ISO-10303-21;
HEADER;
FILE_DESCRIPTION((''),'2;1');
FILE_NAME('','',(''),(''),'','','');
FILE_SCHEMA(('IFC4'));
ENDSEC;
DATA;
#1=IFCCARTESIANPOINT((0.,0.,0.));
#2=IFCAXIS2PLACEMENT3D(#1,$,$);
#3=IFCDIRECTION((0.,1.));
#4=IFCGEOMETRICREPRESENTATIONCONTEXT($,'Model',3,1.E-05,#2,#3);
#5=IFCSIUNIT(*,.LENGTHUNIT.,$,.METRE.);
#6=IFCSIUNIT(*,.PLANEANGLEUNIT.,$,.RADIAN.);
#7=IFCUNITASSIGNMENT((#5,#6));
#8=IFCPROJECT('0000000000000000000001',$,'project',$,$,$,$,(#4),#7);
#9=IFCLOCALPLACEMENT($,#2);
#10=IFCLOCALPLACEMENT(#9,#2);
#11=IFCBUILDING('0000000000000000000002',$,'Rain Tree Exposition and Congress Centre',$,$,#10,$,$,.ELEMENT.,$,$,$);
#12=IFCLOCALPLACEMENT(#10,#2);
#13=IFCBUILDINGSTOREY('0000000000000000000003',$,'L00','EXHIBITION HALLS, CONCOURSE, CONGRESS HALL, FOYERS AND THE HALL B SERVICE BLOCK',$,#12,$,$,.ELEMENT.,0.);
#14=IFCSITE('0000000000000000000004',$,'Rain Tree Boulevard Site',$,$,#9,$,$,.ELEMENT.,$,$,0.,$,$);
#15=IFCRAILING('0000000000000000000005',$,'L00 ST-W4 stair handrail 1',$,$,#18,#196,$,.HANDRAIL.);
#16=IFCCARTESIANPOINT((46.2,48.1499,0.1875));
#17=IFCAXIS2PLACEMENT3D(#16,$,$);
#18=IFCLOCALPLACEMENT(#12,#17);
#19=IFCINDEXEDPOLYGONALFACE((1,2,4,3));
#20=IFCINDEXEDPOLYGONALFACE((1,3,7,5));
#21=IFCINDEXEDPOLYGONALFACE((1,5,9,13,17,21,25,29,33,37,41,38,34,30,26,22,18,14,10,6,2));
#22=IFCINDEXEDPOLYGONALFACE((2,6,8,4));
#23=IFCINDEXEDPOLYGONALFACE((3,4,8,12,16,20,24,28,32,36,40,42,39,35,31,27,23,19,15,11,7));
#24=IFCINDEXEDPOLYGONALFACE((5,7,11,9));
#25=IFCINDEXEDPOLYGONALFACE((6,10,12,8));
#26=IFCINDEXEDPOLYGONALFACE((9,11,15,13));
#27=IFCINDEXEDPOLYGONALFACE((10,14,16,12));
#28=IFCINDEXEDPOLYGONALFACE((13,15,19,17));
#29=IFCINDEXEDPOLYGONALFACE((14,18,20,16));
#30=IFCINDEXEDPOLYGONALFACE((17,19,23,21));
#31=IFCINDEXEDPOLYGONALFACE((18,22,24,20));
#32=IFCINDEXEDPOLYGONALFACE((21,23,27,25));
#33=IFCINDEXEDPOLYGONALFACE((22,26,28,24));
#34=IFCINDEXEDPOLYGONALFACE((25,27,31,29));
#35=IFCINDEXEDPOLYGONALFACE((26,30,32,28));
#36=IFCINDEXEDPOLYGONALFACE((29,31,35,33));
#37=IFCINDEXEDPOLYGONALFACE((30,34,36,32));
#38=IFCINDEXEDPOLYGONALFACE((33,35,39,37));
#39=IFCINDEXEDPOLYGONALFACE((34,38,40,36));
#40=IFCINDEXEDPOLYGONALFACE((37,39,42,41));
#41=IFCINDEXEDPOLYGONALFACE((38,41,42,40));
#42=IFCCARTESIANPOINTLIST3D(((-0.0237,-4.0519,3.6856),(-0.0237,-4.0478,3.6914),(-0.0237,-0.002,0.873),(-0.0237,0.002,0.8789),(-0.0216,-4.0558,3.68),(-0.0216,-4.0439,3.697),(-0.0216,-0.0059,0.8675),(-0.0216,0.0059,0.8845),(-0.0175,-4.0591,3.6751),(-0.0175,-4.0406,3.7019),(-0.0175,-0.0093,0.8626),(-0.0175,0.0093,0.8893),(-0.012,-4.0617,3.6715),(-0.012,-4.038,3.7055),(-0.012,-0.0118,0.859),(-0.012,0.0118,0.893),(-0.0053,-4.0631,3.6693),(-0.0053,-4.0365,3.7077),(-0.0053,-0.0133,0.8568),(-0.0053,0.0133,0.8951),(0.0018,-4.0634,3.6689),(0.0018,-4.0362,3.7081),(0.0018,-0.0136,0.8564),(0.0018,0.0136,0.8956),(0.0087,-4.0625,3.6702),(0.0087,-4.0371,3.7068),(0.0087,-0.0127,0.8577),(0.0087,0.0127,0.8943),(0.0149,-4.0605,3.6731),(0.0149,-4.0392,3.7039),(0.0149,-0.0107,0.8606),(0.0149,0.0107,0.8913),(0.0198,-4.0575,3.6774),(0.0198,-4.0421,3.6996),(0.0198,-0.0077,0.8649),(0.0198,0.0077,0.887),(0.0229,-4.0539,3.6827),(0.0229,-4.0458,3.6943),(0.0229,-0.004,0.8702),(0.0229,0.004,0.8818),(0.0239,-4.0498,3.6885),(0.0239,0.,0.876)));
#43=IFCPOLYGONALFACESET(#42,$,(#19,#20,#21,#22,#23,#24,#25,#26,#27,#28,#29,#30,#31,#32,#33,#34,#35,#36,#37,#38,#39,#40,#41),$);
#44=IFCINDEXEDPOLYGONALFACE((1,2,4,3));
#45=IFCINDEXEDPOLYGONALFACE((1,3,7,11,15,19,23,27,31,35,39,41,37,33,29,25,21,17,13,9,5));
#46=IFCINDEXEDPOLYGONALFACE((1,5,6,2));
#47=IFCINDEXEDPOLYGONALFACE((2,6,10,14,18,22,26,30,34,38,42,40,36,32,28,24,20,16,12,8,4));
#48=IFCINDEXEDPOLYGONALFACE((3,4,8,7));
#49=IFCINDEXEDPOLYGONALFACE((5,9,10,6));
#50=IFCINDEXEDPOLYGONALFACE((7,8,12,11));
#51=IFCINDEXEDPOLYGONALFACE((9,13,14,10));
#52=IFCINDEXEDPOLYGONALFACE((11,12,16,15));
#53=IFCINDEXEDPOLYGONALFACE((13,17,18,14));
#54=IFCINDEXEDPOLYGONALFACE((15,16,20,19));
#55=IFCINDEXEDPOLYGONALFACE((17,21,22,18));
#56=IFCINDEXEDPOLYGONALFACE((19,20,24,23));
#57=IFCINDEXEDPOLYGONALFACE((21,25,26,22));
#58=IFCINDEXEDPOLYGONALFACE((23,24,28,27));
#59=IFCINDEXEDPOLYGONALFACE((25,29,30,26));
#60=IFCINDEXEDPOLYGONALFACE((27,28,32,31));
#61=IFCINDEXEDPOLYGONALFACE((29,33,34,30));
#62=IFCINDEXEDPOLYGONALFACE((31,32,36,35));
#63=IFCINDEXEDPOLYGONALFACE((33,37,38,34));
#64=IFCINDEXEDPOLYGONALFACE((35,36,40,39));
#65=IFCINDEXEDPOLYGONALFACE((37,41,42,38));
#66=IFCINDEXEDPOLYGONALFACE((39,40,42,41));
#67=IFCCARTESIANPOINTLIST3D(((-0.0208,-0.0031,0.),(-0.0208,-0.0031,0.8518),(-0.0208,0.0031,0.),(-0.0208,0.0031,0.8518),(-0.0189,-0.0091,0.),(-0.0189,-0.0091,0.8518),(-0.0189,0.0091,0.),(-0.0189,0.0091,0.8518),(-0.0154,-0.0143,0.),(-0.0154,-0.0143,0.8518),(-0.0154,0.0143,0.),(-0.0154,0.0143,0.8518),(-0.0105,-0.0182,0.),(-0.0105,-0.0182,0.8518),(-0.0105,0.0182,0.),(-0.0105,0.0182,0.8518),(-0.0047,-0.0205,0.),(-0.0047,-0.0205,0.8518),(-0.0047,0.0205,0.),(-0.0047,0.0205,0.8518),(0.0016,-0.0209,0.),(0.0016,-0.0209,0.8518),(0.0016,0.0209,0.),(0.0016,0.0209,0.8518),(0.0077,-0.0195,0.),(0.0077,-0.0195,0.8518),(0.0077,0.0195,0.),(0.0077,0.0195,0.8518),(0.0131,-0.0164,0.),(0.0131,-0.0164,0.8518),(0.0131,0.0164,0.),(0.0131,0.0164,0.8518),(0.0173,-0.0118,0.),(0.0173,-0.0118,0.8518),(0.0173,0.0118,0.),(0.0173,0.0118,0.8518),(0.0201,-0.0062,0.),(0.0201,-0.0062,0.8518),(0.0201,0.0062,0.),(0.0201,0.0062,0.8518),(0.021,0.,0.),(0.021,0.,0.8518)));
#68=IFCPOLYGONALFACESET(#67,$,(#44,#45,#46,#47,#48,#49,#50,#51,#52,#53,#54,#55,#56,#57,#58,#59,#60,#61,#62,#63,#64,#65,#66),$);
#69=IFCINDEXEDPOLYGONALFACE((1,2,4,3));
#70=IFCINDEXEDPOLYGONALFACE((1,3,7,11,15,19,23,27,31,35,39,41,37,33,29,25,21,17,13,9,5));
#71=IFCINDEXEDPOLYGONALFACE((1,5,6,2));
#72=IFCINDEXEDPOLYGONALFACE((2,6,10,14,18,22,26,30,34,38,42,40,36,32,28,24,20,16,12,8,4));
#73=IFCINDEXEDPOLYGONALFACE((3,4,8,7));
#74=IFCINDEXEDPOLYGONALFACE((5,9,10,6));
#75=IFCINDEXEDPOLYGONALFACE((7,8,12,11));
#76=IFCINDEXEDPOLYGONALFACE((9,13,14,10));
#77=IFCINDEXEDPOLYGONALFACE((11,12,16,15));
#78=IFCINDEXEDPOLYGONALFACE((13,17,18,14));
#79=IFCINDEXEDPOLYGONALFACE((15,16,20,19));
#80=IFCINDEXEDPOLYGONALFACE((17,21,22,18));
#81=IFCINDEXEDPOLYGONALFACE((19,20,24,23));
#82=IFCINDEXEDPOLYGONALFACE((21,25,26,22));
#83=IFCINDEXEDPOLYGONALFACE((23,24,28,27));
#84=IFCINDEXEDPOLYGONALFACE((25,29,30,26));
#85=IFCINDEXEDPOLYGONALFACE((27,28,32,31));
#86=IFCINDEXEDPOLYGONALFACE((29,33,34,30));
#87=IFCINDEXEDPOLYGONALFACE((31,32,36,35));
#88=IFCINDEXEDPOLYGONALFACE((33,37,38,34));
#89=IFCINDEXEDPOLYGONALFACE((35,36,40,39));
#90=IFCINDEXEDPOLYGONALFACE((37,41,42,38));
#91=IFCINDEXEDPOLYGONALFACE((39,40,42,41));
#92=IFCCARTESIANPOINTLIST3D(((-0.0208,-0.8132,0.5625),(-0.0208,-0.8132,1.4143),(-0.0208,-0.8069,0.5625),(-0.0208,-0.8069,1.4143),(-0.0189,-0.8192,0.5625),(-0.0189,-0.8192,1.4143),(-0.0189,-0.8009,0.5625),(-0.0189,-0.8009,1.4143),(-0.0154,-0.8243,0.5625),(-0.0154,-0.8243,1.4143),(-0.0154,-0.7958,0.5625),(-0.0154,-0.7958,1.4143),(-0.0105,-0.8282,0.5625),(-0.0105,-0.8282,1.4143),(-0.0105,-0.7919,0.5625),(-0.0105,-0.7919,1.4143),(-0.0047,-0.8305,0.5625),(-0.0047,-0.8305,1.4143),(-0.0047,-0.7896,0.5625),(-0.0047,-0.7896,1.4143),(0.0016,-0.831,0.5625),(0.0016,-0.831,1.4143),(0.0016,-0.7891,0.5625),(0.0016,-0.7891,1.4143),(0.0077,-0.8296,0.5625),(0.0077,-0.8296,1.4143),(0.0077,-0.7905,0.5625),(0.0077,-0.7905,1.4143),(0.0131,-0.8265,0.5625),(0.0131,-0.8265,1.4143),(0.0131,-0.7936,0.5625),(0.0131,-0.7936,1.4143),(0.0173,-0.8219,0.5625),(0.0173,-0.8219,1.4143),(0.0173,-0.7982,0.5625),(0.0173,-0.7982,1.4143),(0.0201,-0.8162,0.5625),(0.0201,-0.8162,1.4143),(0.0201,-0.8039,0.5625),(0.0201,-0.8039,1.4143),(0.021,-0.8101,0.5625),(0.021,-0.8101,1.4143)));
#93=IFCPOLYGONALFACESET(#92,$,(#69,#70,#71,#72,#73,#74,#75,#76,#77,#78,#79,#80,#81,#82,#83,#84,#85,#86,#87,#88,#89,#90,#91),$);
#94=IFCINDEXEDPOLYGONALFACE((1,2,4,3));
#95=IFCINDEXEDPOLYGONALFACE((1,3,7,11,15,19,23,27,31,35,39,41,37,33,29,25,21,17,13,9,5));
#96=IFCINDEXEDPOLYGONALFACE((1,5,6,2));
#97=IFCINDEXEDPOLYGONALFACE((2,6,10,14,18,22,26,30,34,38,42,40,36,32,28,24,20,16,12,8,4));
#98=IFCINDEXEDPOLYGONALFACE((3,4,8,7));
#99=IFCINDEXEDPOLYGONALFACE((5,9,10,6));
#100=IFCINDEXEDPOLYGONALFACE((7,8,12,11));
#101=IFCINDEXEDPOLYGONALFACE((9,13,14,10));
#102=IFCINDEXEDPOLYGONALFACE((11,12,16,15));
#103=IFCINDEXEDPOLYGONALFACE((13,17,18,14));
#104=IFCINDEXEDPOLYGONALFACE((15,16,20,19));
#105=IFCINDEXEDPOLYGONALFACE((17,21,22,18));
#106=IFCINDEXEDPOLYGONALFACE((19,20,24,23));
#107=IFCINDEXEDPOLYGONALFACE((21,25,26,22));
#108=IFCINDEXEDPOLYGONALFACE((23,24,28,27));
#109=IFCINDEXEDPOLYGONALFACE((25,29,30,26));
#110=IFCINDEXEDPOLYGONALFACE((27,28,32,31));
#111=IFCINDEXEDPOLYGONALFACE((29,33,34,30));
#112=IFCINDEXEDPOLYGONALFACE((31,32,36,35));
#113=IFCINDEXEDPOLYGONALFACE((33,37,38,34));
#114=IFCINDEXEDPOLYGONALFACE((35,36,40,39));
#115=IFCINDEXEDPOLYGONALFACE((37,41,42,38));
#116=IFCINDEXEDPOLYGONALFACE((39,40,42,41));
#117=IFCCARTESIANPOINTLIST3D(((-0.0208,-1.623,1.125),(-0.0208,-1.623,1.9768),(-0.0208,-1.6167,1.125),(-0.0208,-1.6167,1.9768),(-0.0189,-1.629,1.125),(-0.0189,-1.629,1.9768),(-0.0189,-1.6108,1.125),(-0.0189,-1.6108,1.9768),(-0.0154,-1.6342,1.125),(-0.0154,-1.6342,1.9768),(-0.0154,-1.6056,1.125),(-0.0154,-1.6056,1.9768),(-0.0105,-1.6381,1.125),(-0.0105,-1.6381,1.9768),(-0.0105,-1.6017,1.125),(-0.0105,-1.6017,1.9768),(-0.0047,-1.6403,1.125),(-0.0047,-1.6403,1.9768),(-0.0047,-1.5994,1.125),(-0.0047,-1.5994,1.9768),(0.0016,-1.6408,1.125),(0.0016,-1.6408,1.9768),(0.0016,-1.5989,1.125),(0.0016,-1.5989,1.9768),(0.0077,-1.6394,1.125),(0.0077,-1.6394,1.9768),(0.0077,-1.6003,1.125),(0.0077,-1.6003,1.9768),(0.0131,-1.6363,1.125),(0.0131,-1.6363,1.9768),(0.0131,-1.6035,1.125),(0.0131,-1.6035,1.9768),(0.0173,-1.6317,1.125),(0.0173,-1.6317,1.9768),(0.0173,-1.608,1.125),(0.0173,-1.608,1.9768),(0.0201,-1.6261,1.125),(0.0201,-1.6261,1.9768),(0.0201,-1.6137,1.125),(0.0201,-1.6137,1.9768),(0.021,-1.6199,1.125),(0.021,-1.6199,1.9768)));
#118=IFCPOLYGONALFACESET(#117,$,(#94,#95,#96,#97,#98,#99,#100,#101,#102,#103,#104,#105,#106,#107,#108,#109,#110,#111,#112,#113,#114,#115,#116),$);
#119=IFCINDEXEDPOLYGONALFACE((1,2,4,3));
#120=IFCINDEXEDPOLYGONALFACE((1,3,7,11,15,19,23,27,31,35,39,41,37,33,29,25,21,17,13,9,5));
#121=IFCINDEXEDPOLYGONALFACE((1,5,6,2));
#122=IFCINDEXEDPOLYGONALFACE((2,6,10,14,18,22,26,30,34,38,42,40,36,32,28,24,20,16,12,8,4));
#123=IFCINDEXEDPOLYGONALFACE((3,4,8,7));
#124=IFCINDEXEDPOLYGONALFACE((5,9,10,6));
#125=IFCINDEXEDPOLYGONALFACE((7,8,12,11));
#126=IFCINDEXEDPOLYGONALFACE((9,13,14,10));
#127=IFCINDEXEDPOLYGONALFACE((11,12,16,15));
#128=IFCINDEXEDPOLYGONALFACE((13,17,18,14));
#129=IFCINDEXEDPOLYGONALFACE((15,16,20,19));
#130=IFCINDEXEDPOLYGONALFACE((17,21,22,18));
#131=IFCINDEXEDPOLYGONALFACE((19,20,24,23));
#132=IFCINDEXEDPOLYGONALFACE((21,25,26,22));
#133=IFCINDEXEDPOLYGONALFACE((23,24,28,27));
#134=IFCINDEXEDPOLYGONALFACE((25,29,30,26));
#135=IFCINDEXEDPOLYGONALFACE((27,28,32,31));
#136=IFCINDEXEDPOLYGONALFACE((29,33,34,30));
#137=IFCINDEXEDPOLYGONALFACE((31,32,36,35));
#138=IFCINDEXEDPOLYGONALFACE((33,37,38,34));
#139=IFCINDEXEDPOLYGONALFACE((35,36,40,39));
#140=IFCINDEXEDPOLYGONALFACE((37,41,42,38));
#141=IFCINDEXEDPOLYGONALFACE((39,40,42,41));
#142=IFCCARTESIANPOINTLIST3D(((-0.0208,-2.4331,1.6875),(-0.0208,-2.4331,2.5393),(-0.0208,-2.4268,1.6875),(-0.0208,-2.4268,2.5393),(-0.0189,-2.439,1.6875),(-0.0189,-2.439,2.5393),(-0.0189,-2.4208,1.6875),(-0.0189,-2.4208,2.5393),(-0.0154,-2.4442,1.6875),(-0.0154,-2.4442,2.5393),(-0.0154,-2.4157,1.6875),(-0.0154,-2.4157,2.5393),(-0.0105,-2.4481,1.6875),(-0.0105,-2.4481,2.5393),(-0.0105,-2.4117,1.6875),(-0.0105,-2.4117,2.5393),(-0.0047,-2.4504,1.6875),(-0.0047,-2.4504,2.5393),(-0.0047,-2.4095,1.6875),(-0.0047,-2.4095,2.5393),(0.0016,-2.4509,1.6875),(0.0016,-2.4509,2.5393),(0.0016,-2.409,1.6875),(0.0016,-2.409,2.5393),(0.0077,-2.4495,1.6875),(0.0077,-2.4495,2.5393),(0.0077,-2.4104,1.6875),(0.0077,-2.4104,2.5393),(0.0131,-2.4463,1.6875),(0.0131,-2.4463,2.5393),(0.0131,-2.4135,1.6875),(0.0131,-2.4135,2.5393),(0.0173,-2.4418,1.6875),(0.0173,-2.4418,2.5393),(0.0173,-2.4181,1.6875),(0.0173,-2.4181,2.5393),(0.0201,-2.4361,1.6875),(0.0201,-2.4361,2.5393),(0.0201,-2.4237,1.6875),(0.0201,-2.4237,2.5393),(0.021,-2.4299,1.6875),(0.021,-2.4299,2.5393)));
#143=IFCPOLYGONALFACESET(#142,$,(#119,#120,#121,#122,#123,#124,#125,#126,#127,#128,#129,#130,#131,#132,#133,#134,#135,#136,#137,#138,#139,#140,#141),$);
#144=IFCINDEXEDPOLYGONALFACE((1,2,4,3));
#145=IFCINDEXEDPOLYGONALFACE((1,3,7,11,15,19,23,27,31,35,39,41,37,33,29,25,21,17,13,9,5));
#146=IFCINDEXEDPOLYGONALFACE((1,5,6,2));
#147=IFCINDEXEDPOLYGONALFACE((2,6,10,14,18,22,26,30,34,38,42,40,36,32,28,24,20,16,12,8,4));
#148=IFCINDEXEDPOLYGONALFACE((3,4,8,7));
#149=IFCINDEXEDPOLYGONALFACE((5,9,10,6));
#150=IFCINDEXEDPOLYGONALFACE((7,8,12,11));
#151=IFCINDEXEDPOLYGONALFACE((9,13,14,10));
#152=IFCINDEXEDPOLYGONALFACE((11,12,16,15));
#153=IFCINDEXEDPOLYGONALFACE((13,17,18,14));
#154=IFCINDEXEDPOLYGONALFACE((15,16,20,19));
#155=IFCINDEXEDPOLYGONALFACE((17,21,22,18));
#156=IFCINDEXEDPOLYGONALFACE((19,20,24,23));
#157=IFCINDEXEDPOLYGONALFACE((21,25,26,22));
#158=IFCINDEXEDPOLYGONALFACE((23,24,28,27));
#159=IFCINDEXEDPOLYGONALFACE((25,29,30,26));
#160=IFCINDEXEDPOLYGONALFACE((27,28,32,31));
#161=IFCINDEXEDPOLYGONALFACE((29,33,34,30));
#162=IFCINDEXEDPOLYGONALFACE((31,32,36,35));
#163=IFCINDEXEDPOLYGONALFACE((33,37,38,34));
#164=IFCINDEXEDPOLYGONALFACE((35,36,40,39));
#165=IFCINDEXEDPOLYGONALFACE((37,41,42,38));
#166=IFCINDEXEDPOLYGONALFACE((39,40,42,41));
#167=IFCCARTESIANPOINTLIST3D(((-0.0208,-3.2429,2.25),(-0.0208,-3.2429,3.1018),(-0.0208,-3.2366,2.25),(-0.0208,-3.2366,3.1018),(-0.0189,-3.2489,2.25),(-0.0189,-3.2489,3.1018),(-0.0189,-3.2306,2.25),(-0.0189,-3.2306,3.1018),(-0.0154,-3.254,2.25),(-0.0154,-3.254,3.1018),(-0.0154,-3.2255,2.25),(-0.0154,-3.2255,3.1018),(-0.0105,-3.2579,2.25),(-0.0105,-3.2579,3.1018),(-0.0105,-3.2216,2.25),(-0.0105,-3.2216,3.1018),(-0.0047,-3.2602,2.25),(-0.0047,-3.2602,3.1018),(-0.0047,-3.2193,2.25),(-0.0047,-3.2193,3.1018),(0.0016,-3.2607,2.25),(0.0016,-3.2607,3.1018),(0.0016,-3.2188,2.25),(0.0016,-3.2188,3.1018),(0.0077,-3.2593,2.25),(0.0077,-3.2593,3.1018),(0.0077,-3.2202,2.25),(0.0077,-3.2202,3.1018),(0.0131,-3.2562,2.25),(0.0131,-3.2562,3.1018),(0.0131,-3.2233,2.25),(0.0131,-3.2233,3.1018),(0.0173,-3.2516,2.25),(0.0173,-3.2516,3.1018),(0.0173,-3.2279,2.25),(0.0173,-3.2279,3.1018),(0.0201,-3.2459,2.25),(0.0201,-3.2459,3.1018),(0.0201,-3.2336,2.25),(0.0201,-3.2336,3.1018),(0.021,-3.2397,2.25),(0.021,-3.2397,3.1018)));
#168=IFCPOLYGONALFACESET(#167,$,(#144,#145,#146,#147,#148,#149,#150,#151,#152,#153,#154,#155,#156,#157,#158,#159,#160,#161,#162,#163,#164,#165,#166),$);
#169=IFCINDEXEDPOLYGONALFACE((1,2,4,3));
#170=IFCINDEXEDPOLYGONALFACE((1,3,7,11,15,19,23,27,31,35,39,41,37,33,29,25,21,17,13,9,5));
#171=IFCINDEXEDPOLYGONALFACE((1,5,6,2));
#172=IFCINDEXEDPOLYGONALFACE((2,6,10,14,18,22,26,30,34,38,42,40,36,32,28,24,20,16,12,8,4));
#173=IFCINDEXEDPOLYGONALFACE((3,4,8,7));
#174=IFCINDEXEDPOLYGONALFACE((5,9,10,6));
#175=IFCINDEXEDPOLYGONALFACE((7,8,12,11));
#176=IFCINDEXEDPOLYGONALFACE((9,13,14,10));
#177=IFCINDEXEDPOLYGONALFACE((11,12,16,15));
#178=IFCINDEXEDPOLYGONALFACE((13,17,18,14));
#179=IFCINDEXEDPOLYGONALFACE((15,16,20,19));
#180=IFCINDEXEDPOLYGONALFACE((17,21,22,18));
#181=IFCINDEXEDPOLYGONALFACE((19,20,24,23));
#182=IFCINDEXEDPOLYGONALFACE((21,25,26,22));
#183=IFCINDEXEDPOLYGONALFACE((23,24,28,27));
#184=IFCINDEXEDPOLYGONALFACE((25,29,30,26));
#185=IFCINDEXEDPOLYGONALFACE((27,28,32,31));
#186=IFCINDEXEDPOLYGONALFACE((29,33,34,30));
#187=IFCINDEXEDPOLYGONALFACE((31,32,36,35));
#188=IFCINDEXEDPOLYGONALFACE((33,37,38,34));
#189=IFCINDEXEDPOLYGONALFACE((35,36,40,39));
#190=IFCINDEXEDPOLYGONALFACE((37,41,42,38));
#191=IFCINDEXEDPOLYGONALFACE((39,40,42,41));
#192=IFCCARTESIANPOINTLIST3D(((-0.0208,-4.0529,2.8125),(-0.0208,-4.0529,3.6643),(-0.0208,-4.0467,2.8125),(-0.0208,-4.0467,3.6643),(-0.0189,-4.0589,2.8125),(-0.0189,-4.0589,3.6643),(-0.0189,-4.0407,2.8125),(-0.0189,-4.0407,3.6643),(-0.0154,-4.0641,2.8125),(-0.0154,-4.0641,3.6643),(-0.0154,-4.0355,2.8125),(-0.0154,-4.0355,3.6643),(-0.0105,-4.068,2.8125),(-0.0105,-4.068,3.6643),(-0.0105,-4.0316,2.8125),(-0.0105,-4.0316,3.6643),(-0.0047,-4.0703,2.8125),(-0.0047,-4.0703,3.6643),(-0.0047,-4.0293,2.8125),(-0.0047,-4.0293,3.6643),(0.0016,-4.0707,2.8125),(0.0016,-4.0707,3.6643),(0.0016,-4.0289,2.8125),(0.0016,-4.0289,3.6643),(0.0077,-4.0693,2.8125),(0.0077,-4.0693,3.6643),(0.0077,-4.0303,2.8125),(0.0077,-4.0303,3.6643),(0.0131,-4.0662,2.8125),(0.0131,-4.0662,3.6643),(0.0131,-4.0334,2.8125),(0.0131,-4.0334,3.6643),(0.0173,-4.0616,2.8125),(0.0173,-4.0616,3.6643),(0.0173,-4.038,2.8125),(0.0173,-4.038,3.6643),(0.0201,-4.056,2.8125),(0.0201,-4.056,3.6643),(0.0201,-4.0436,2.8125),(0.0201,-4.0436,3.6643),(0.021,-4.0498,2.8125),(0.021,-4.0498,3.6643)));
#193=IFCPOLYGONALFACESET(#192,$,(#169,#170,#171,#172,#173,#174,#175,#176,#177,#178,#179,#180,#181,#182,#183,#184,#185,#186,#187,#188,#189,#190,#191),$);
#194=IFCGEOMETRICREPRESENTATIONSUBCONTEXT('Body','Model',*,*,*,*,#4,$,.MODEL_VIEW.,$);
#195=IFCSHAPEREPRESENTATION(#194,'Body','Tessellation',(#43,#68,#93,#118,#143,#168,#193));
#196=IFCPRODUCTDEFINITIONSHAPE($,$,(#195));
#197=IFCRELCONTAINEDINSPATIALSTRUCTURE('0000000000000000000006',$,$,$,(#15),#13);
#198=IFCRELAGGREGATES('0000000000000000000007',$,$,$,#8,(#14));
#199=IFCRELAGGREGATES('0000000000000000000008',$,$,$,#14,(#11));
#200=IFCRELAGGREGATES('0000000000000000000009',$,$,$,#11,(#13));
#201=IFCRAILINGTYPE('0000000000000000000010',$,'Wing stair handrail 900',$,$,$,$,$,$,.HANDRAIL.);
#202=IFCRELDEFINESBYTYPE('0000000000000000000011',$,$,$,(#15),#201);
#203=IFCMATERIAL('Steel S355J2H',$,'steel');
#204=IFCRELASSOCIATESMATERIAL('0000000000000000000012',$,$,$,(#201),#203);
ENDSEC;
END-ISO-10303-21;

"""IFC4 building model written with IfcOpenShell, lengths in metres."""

from ifc_helpers import new_model, si_unit, direction, frame, origin, origin_2d, place, context, subcontext, project, spatial, circle, extrude, material, type_object, element, save


model = new_model("IFC4")

# Units and contexts
model_context = context("Model", 3, precision=1e-05, world=origin(), true_north=direction((0.0, 1.0)))
body_context = subcontext(model_context, "Body", "Model", "MODEL_VIEW")
ifc_project = project(units=[si_unit("LENGTHUNIT", "METRE"), si_unit("PLANEANGLEUNIT", "RADIAN")], contexts=[model_context])

# Site, building, storey
site_placement = place(None, origin())
site = spatial("IfcSite", under=ifc_project, at=site_placement, Name="Rain Tree Boulevard Site", CompositionType="ELEMENT", RefElevation=0.0)
building_placement = place(site_placement, origin())
building = spatial("IfcBuilding", under=site, at=building_placement, Name="Rain Tree Exposition and Congress Centre", CompositionType="ELEMENT")
storey_placement = place(building_placement, origin())
storey = spatial("IfcBuildingStorey", under=building, at=storey_placement, Name="L00", Description="EXHIBITION HALLS, CONCOURSE, CONGRESS HALL, FOYERS AND THE HALL B SERVICE BLOCK", CompositionType="ELEMENT", Elevation=0.0)

# Railing
ifc_material_1 = material(Name="Steel S355J2H", Category="steel")
railing_type_1 = type_object("IfcRailingType", Name="Wing stair handrail 900", PredefinedType="HANDRAIL", material=ifc_material_1)
railing_1_placement = place(storey_placement, frame((46.2, 48.1499, 0.1875)))
element("IfcRailing", 1, at=railing_1_placement, inside=storey, type_object=railing_type_1, Name="L00 ST-W4 stair handrail 1", PredefinedType="HANDRAIL", context=body_context, shape_type="SweptSolid", body=[
    extrude(circle(Radius=0.0239, at=origin_2d()), frame((0.0, 0.0, 0.876), z_axis=(0.0, -0.821357, 0.570414), x_axis=(1.0, 0.0, 0.0)), (0.0, 0.0, 1.0), 4.9307),
    extrude(circle(Radius=0.021, at=origin_2d()), origin(), (0.0, 0.0, 1.0), 0.8518),
    extrude(circle(Radius=0.021, at=origin_2d()), frame((0.0, -0.8101, 0.5625)), (0.0, 0.0, 1.0), 0.8518),
    extrude(circle(Radius=0.021, at=origin_2d()), frame((0.0, -1.6199, 1.125)), (0.0, 0.0, 1.0), 0.8518),
    extrude(circle(Radius=0.021, at=origin_2d()), frame((0.0, -2.4299, 1.6875)), (0.0, 0.0, 1.0), 0.8518),
    extrude(circle(Radius=0.021, at=origin_2d()), frame((0.0, -3.2397, 2.25)), (0.0, 0.0, 1.0), 0.8518),
    extrude(circle(Radius=0.021, at=origin_2d()), frame((0.0, -4.0498, 2.8125)), (0.0, 0.0, 1.0), 0.8518),
])

save(model, "model.ifc")
